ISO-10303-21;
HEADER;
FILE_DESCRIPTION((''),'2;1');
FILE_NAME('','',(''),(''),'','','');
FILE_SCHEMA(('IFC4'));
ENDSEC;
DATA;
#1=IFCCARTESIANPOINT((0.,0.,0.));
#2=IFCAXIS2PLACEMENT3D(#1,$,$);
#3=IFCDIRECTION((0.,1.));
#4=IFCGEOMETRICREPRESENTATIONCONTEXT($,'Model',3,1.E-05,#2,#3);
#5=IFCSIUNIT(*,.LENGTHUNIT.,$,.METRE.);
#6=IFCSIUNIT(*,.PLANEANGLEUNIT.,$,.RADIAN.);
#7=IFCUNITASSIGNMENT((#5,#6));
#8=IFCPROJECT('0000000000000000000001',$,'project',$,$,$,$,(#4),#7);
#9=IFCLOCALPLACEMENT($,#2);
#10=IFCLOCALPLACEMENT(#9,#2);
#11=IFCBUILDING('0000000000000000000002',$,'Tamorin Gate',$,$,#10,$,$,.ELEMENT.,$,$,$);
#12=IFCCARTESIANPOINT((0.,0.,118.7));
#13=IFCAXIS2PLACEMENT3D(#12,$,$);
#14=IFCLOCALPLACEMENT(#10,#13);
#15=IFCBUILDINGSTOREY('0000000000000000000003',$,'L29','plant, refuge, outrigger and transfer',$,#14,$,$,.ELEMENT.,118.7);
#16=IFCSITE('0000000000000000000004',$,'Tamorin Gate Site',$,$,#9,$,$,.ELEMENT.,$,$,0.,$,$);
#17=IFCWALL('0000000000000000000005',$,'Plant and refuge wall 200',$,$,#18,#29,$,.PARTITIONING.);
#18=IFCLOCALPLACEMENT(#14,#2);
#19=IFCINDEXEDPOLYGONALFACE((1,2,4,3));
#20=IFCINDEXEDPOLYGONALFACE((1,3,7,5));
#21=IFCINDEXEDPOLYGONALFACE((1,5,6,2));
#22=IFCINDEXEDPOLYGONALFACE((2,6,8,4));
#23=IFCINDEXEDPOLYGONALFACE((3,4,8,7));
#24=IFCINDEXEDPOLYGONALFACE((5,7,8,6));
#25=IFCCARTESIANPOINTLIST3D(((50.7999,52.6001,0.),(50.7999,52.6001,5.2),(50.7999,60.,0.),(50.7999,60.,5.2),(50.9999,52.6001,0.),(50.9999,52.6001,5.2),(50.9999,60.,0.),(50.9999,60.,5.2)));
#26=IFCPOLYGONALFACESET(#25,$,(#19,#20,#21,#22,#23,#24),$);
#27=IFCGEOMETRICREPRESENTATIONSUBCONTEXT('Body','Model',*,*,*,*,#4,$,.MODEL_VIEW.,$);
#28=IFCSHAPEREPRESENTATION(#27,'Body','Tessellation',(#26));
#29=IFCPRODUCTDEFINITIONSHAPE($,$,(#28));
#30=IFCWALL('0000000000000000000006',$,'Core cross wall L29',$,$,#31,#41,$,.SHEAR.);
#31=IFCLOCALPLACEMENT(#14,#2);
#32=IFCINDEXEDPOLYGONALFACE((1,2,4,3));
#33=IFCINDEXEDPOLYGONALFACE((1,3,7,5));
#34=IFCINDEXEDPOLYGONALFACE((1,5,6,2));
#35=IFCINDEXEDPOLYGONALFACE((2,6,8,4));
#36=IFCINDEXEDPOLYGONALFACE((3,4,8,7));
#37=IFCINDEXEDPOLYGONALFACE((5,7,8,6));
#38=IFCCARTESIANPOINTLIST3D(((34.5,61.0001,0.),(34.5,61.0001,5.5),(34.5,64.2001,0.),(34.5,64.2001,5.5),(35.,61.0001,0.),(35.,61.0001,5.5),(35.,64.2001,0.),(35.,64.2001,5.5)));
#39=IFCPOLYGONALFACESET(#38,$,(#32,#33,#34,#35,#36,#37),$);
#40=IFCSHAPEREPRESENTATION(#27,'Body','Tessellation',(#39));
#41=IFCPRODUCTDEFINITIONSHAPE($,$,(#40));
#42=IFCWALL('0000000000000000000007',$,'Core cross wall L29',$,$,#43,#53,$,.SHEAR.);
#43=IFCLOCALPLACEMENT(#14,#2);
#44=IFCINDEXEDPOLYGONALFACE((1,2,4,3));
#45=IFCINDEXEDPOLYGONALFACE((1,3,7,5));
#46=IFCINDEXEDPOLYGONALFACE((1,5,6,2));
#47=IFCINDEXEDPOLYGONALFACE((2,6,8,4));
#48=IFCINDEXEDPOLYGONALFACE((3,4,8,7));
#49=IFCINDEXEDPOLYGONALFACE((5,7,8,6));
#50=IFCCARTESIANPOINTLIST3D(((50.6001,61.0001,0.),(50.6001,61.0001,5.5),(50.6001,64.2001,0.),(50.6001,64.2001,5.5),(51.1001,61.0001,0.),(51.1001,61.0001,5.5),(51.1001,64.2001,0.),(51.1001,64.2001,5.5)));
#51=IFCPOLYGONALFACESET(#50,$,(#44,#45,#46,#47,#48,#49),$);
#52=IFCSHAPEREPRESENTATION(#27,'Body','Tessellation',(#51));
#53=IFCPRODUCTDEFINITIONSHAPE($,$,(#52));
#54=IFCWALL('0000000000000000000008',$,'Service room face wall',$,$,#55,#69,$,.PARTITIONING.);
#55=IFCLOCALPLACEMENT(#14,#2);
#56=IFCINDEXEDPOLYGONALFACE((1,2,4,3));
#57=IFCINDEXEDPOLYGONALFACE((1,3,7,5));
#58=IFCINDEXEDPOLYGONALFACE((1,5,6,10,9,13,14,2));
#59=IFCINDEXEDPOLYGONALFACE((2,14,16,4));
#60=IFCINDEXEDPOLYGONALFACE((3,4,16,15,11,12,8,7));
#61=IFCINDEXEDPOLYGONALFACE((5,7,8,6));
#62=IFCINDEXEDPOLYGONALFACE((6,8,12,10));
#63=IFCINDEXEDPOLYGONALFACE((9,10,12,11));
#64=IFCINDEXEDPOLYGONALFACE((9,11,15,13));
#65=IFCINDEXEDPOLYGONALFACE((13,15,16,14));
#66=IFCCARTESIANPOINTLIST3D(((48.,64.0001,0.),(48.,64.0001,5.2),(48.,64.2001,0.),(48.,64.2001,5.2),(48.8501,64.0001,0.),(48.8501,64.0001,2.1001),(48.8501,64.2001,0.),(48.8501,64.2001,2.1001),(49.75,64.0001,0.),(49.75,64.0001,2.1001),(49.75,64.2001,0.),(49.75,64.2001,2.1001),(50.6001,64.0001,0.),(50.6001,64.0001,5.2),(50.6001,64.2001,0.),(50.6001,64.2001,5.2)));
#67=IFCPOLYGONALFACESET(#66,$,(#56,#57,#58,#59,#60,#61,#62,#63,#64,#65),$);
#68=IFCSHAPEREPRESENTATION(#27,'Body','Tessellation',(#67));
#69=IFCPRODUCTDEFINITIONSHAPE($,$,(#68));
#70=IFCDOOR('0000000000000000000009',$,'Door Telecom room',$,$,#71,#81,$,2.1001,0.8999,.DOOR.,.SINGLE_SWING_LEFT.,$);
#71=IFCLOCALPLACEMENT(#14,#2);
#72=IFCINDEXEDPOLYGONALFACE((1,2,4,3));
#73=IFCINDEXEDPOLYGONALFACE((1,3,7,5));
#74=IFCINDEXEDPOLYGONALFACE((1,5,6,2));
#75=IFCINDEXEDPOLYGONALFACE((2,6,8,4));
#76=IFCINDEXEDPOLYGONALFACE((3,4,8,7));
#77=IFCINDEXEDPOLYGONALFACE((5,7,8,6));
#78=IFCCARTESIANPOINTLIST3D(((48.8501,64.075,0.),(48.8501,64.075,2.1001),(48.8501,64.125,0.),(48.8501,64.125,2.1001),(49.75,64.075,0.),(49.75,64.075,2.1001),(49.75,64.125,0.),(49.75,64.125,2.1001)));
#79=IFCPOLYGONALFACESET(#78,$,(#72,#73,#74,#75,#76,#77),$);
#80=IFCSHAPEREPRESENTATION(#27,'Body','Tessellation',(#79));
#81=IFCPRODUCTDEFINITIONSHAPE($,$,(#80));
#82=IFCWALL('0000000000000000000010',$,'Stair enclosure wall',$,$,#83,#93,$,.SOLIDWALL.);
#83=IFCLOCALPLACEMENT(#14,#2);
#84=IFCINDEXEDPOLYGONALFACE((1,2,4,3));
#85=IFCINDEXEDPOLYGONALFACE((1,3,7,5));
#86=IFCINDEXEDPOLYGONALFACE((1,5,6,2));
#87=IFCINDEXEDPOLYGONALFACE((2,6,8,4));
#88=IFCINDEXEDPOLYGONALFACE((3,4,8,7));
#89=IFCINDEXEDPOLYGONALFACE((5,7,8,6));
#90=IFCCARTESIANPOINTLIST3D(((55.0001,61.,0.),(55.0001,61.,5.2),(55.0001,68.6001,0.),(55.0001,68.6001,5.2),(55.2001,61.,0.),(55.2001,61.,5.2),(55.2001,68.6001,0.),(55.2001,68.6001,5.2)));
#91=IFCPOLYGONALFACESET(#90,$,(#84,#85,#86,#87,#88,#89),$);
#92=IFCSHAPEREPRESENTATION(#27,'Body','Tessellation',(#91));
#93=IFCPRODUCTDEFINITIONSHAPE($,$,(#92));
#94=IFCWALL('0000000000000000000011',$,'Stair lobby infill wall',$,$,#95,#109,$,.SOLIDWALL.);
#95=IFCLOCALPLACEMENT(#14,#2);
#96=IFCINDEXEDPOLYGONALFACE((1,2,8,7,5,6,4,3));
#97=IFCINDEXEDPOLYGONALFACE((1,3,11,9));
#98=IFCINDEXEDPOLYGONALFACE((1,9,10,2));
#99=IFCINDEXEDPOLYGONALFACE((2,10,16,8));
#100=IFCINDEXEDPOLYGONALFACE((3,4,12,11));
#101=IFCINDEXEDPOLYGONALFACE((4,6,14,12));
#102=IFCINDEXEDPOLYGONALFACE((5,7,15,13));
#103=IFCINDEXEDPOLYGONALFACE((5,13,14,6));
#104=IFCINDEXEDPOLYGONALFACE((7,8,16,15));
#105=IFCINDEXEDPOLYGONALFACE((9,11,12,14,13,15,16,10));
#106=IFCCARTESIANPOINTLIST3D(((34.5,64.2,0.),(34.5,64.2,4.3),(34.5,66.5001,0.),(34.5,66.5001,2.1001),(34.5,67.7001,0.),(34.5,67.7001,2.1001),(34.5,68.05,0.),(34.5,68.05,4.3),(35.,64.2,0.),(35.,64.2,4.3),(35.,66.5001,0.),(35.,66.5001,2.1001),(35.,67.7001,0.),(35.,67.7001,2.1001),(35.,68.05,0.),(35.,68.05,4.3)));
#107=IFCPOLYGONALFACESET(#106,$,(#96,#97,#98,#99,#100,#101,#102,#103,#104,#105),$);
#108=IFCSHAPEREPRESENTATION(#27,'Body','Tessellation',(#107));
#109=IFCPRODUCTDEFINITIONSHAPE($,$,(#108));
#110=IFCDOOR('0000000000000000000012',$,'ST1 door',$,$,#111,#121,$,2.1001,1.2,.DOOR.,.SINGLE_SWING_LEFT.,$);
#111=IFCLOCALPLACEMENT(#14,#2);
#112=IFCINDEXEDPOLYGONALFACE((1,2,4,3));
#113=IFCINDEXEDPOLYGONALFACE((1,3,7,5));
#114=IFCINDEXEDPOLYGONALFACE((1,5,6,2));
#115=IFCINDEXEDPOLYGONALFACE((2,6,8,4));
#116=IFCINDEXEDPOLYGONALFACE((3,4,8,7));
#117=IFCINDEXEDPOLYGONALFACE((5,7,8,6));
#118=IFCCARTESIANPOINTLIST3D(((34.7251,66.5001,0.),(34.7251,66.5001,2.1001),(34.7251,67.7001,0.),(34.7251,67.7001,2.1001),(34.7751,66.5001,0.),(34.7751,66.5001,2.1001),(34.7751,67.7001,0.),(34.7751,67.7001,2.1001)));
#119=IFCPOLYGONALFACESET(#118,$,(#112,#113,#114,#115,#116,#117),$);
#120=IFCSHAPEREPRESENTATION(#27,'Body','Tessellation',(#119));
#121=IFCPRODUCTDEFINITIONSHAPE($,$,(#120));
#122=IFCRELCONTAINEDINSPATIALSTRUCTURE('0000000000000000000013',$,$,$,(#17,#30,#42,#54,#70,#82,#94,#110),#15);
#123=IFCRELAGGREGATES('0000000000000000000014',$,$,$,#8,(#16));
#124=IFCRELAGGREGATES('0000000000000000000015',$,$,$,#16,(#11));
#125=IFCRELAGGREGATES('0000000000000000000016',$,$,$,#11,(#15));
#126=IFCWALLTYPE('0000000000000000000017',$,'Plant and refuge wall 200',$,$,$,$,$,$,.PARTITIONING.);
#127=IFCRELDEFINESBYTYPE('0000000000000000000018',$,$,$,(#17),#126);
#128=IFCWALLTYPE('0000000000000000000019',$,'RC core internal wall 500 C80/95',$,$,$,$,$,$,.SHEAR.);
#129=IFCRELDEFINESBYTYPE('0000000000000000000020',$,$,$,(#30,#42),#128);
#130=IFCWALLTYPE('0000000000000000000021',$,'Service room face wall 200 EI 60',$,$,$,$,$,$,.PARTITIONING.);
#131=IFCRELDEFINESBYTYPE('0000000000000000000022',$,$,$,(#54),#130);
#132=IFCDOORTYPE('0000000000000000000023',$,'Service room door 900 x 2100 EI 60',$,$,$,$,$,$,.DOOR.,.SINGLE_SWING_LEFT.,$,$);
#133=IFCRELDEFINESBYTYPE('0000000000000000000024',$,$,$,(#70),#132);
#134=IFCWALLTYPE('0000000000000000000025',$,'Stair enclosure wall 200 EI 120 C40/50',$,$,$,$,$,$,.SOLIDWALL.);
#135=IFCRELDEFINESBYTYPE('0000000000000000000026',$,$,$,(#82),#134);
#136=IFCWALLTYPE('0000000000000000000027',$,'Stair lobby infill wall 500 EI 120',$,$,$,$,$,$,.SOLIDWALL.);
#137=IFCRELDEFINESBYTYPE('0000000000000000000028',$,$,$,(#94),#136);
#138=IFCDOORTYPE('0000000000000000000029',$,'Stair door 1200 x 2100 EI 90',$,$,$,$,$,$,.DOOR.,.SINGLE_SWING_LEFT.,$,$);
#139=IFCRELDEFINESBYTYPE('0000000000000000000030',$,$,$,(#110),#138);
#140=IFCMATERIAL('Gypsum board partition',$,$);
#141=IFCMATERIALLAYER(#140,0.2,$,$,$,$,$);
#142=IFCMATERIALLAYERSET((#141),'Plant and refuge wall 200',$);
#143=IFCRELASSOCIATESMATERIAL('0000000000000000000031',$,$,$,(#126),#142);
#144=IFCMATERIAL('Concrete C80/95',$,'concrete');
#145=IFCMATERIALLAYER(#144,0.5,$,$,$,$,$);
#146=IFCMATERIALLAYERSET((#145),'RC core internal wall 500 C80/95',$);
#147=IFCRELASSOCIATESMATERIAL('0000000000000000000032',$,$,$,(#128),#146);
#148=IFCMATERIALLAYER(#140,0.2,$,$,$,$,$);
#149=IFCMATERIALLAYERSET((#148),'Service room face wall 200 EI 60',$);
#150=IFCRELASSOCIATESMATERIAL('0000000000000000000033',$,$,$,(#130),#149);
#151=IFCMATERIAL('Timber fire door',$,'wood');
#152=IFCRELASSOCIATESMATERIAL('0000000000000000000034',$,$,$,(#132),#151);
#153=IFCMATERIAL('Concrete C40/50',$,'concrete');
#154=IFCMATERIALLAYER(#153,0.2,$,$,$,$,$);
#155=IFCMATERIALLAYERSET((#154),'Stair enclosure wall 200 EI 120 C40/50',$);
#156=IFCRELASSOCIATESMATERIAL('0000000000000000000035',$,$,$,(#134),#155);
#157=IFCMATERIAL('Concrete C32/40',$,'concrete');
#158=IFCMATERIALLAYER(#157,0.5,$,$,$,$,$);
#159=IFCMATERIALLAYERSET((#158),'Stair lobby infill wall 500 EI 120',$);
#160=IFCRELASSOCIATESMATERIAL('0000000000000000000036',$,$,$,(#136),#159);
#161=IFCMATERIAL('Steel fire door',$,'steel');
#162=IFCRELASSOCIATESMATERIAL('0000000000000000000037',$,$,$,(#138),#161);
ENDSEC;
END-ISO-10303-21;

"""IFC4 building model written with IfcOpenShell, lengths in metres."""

from ifc_helpers import new_model, si_unit, direction, frame, frame_2d, origin, place, context, subcontext, project, spatial, rectangle, extrude, material, layer, layer_set, type_object, element, fill, save


model = new_model("IFC4")

# Units and contexts
model_context = context("Model", 3, precision=1e-05, world=origin(), true_north=direction((0.0, 1.0)))
body_context = subcontext(model_context, "Body", "Model", "MODEL_VIEW")
ifc_project = project(units=[si_unit("LENGTHUNIT", "METRE"), si_unit("PLANEANGLEUNIT", "RADIAN")], contexts=[model_context])

# Site, building, storey
site_placement = place(None, origin())
site = spatial("IfcSite", under=ifc_project, at=site_placement, Name="Tamorin Gate Site", CompositionType="ELEMENT", RefElevation=0.0)
building_placement = place(site_placement, origin())
building = spatial("IfcBuilding", under=site, at=building_placement, Name="Tamorin Gate", CompositionType="ELEMENT")
storey_placement = place(building_placement, frame((0.0, 0.0, 118.7)))
storey = spatial("IfcBuildingStorey", under=building, at=storey_placement, Name="L29", Description="plant, refuge, outrigger and transfer", CompositionType="ELEMENT", Elevation=118.7)

# Shared definitions
ifc_material_1 = material(Name="Concrete C80/95", Category="concrete")

# Walls
ifc_material_2 = material(Name="Concrete C32/40", Category="concrete")
ifc_material_3 = material(Name="Gypsum board partition")
ifc_layer_1 = layer(ifc_material_3, 0.2)
ifc_layer_set_1 = layer_set([ifc_layer_1], Name="Plant and refuge wall 200")
wall_type_1 = type_object("IfcWallType", Name="Plant and refuge wall 200", PredefinedType="PARTITIONING", material=ifc_layer_set_1)
for number, where, z_axis, x_axis, name in (
    (1, (50.8999, 52.6001, 0.0), (0.0, 0.0, 1.0), (0.0, 1.0, 0.0), "Plant and refuge wall 200"),
):
    element("IfcWall", number, at=place(storey_placement, frame(where, z_axis=z_axis, x_axis=x_axis)), inside=storey, type_object=wall_type_1, Name=name, PredefinedType="PARTITIONING", context=body_context, shape_type="SweptSolid", body=[
        extrude(rectangle(XDim=7.3999, YDim=0.2, at=frame_2d((3.7, 0.0))), origin(), (0.0, 0.0, 1.0), 5.2),
    ])
ifc_layer_2 = layer(ifc_material_1, 0.5)
ifc_layer_set_2 = layer_set([ifc_layer_2], Name="RC core internal wall 500 C80/95")
wall_type_2 = type_object("IfcWallType", Name="RC core internal wall 500 C80/95", PredefinedType="SHEAR", material=ifc_layer_set_2)
for number, where, z_axis, x_axis, name in (
    (2, (34.75, 61.0, 0.0), (0.0, 0.0, 1.0), (0.0, 1.0, 0.0), "Core cross wall L29"),
    (3, (50.8501, 61.0, 0.0), (0.0, 0.0, 1.0), (0.0, 1.0, 0.0), "Core cross wall L29"),
):
    element("IfcWall", number, at=place(storey_placement, frame(where, z_axis=z_axis, x_axis=x_axis)), inside=storey, type_object=wall_type_2, Name=name, PredefinedType="SHEAR", context=body_context, shape_type="SweptSolid", body=[
        extrude(rectangle(XDim=3.2, YDim=0.5, at=frame_2d((1.6001, 0.0))), origin(), (0.0, 0.0, 1.0), 5.5),
    ])

# Wall, opening, door
ifc_layer_3 = layer(ifc_material_3, 0.2)
ifc_layer_set_3 = layer_set([ifc_layer_3], Name="Service room face wall 200 EI 60")
wall_type_3 = type_object("IfcWallType", Name="Service room face wall 200 EI 60", PredefinedType="PARTITIONING", material=ifc_layer_set_3)
wall_1_placement = place(storey_placement, frame((48.0, 64.1001, 0.0), z_axis=(0.0, 0.0, 1.0), x_axis=(1.0, 0.0, 0.0)))
wall_1 = element("IfcWall", 4, at=wall_1_placement, inside=storey, type_object=wall_type_3, Name="Service room face wall", PredefinedType="PARTITIONING", context=body_context, shape_type="SweptSolid", body=[
    extrude(rectangle(XDim=2.6001, YDim=0.2, at=frame_2d((1.3, 0.0))), origin(), (0.0, 0.0, 1.0), 5.2),
])
opening_1_placement = place(wall_1_placement, frame((0.8501, 0.0, 0.0)))
opening_1 = element("IfcOpeningElement", 5, at=opening_1_placement, cuts=wall_1, PredefinedType="OPENING", context=body_context, shape_type="SweptSolid", body=[
    extrude(rectangle(XDim=0.8999, YDim=2.1001, at=frame_2d((0.45, 1.05))), frame((0.0, 0.1099, 0.0), z_axis=(0.0, -1.0, 0.0), x_axis=(1.0, 0.0, 0.0)), (0.0, 0.0, 1.0), 0.22),
])
ifc_material_4 = material(Name="Timber fire door", Category="wood")
door_type_1 = type_object("IfcDoorType", Name="Service room door 900 x 2100 EI 60", OperationType="SINGLE_SWING_LEFT", PredefinedType="DOOR", material=ifc_material_4)
door_1_placement = place(opening_1_placement, origin())
door_1 = element("IfcDoor", 6, at=door_1_placement, inside=storey, type_object=door_type_1, Name="Door Telecom room", OperationType="SINGLE_SWING_LEFT", OverallHeight=2.1001, OverallWidth=0.8999, PredefinedType="DOOR", context=body_context, shape_type="SweptSolid", body=[
    extrude(rectangle(XDim=0.8999, YDim=2.1001, at=frame_2d((0.45, 1.05))), frame((0.0, 0.0249, 0.0), z_axis=(0.0, -1.0, 0.0), x_axis=(1.0, 0.0, 0.0)), (0.0, 0.0, 1.0), 0.05),
])
fill(opening_1, door_1)

# Wall
ifc_material_5 = material(Name="Concrete C40/50", Category="concrete")
ifc_layer_4 = layer(ifc_material_5, 0.2)
ifc_layer_set_4 = layer_set([ifc_layer_4], Name="Stair enclosure wall 200 EI 120 C40/50")
wall_type_4 = type_object("IfcWallType", Name="Stair enclosure wall 200 EI 120 C40/50", PredefinedType="SOLIDWALL", material=ifc_layer_set_4)
wall_2_placement = place(storey_placement, frame((55.1001, 61.0, 0.0), z_axis=(0.0, 0.0, 1.0), x_axis=(0.0, 1.0, 0.0)))
element("IfcWall", 7, at=wall_2_placement, inside=storey, type_object=wall_type_4, Name="Stair enclosure wall", PredefinedType="SOLIDWALL", context=body_context, shape_type="SweptSolid", body=[
    extrude(rectangle(XDim=7.6001, YDim=0.2, at=frame_2d((3.8, 0.0))), origin(), (0.0, 0.0, 1.0), 5.2),
])

# Wall, opening, door
ifc_layer_5 = layer(ifc_material_2, 0.5)
ifc_layer_set_5 = layer_set([ifc_layer_5], Name="Stair lobby infill wall 500 EI 120")
wall_type_5 = type_object("IfcWallType", Name="Stair lobby infill wall 500 EI 120", PredefinedType="SOLIDWALL", material=ifc_layer_set_5)
wall_3_placement = place(storey_placement, frame((34.75, 64.2, 0.0), z_axis=(0.0, 0.0, 1.0), x_axis=(0.0, 1.0, 0.0)))
wall_3 = element("IfcWall", 8, at=wall_3_placement, inside=storey, type_object=wall_type_5, Name="Stair lobby infill wall", PredefinedType="SOLIDWALL", context=body_context, shape_type="SweptSolid", body=[
    extrude(rectangle(XDim=3.8501, YDim=0.5, at=frame_2d((1.925, 0.0))), origin(), (0.0, 0.0, 1.0), 4.3),
])
opening_2_placement = place(wall_3_placement, frame((2.3, 0.0, 0.0)))
opening_2 = element("IfcOpeningElement", 9, at=opening_2_placement, cuts=wall_3, PredefinedType="OPENING", context=body_context, shape_type="SweptSolid", body=[
    extrude(rectangle(XDim=1.2, YDim=2.1001, at=frame_2d((0.6001, 1.05))), frame((0.0, 0.26, 0.0), z_axis=(0.0, -1.0, 0.0), x_axis=(1.0, 0.0, 0.0)), (0.0, 0.0, 1.0), 0.52),
])
ifc_material_6 = material(Name="Steel fire door", Category="steel")
door_type_2 = type_object("IfcDoorType", Name="Stair door 1200 x 2100 EI 90", OperationType="SINGLE_SWING_LEFT", PredefinedType="DOOR", material=ifc_material_6)
door_2_placement = place(opening_2_placement, origin())
door_2 = element("IfcDoor", 10, at=door_2_placement, inside=storey, type_object=door_type_2, Name="ST1 door", OperationType="SINGLE_SWING_LEFT", OverallHeight=2.1001, OverallWidth=1.2, PredefinedType="DOOR", context=body_context, shape_type="SweptSolid", body=[
    extrude(rectangle(XDim=1.2, YDim=2.1001, at=frame_2d((0.6001, 1.05))), frame((0.0, 0.0249, 0.0), z_axis=(0.0, -1.0, 0.0), x_axis=(1.0, 0.0, 0.0)), (0.0, 0.0, 1.0), 0.05),
])
fill(opening_2, door_2)

save(model, "model.ifc")
